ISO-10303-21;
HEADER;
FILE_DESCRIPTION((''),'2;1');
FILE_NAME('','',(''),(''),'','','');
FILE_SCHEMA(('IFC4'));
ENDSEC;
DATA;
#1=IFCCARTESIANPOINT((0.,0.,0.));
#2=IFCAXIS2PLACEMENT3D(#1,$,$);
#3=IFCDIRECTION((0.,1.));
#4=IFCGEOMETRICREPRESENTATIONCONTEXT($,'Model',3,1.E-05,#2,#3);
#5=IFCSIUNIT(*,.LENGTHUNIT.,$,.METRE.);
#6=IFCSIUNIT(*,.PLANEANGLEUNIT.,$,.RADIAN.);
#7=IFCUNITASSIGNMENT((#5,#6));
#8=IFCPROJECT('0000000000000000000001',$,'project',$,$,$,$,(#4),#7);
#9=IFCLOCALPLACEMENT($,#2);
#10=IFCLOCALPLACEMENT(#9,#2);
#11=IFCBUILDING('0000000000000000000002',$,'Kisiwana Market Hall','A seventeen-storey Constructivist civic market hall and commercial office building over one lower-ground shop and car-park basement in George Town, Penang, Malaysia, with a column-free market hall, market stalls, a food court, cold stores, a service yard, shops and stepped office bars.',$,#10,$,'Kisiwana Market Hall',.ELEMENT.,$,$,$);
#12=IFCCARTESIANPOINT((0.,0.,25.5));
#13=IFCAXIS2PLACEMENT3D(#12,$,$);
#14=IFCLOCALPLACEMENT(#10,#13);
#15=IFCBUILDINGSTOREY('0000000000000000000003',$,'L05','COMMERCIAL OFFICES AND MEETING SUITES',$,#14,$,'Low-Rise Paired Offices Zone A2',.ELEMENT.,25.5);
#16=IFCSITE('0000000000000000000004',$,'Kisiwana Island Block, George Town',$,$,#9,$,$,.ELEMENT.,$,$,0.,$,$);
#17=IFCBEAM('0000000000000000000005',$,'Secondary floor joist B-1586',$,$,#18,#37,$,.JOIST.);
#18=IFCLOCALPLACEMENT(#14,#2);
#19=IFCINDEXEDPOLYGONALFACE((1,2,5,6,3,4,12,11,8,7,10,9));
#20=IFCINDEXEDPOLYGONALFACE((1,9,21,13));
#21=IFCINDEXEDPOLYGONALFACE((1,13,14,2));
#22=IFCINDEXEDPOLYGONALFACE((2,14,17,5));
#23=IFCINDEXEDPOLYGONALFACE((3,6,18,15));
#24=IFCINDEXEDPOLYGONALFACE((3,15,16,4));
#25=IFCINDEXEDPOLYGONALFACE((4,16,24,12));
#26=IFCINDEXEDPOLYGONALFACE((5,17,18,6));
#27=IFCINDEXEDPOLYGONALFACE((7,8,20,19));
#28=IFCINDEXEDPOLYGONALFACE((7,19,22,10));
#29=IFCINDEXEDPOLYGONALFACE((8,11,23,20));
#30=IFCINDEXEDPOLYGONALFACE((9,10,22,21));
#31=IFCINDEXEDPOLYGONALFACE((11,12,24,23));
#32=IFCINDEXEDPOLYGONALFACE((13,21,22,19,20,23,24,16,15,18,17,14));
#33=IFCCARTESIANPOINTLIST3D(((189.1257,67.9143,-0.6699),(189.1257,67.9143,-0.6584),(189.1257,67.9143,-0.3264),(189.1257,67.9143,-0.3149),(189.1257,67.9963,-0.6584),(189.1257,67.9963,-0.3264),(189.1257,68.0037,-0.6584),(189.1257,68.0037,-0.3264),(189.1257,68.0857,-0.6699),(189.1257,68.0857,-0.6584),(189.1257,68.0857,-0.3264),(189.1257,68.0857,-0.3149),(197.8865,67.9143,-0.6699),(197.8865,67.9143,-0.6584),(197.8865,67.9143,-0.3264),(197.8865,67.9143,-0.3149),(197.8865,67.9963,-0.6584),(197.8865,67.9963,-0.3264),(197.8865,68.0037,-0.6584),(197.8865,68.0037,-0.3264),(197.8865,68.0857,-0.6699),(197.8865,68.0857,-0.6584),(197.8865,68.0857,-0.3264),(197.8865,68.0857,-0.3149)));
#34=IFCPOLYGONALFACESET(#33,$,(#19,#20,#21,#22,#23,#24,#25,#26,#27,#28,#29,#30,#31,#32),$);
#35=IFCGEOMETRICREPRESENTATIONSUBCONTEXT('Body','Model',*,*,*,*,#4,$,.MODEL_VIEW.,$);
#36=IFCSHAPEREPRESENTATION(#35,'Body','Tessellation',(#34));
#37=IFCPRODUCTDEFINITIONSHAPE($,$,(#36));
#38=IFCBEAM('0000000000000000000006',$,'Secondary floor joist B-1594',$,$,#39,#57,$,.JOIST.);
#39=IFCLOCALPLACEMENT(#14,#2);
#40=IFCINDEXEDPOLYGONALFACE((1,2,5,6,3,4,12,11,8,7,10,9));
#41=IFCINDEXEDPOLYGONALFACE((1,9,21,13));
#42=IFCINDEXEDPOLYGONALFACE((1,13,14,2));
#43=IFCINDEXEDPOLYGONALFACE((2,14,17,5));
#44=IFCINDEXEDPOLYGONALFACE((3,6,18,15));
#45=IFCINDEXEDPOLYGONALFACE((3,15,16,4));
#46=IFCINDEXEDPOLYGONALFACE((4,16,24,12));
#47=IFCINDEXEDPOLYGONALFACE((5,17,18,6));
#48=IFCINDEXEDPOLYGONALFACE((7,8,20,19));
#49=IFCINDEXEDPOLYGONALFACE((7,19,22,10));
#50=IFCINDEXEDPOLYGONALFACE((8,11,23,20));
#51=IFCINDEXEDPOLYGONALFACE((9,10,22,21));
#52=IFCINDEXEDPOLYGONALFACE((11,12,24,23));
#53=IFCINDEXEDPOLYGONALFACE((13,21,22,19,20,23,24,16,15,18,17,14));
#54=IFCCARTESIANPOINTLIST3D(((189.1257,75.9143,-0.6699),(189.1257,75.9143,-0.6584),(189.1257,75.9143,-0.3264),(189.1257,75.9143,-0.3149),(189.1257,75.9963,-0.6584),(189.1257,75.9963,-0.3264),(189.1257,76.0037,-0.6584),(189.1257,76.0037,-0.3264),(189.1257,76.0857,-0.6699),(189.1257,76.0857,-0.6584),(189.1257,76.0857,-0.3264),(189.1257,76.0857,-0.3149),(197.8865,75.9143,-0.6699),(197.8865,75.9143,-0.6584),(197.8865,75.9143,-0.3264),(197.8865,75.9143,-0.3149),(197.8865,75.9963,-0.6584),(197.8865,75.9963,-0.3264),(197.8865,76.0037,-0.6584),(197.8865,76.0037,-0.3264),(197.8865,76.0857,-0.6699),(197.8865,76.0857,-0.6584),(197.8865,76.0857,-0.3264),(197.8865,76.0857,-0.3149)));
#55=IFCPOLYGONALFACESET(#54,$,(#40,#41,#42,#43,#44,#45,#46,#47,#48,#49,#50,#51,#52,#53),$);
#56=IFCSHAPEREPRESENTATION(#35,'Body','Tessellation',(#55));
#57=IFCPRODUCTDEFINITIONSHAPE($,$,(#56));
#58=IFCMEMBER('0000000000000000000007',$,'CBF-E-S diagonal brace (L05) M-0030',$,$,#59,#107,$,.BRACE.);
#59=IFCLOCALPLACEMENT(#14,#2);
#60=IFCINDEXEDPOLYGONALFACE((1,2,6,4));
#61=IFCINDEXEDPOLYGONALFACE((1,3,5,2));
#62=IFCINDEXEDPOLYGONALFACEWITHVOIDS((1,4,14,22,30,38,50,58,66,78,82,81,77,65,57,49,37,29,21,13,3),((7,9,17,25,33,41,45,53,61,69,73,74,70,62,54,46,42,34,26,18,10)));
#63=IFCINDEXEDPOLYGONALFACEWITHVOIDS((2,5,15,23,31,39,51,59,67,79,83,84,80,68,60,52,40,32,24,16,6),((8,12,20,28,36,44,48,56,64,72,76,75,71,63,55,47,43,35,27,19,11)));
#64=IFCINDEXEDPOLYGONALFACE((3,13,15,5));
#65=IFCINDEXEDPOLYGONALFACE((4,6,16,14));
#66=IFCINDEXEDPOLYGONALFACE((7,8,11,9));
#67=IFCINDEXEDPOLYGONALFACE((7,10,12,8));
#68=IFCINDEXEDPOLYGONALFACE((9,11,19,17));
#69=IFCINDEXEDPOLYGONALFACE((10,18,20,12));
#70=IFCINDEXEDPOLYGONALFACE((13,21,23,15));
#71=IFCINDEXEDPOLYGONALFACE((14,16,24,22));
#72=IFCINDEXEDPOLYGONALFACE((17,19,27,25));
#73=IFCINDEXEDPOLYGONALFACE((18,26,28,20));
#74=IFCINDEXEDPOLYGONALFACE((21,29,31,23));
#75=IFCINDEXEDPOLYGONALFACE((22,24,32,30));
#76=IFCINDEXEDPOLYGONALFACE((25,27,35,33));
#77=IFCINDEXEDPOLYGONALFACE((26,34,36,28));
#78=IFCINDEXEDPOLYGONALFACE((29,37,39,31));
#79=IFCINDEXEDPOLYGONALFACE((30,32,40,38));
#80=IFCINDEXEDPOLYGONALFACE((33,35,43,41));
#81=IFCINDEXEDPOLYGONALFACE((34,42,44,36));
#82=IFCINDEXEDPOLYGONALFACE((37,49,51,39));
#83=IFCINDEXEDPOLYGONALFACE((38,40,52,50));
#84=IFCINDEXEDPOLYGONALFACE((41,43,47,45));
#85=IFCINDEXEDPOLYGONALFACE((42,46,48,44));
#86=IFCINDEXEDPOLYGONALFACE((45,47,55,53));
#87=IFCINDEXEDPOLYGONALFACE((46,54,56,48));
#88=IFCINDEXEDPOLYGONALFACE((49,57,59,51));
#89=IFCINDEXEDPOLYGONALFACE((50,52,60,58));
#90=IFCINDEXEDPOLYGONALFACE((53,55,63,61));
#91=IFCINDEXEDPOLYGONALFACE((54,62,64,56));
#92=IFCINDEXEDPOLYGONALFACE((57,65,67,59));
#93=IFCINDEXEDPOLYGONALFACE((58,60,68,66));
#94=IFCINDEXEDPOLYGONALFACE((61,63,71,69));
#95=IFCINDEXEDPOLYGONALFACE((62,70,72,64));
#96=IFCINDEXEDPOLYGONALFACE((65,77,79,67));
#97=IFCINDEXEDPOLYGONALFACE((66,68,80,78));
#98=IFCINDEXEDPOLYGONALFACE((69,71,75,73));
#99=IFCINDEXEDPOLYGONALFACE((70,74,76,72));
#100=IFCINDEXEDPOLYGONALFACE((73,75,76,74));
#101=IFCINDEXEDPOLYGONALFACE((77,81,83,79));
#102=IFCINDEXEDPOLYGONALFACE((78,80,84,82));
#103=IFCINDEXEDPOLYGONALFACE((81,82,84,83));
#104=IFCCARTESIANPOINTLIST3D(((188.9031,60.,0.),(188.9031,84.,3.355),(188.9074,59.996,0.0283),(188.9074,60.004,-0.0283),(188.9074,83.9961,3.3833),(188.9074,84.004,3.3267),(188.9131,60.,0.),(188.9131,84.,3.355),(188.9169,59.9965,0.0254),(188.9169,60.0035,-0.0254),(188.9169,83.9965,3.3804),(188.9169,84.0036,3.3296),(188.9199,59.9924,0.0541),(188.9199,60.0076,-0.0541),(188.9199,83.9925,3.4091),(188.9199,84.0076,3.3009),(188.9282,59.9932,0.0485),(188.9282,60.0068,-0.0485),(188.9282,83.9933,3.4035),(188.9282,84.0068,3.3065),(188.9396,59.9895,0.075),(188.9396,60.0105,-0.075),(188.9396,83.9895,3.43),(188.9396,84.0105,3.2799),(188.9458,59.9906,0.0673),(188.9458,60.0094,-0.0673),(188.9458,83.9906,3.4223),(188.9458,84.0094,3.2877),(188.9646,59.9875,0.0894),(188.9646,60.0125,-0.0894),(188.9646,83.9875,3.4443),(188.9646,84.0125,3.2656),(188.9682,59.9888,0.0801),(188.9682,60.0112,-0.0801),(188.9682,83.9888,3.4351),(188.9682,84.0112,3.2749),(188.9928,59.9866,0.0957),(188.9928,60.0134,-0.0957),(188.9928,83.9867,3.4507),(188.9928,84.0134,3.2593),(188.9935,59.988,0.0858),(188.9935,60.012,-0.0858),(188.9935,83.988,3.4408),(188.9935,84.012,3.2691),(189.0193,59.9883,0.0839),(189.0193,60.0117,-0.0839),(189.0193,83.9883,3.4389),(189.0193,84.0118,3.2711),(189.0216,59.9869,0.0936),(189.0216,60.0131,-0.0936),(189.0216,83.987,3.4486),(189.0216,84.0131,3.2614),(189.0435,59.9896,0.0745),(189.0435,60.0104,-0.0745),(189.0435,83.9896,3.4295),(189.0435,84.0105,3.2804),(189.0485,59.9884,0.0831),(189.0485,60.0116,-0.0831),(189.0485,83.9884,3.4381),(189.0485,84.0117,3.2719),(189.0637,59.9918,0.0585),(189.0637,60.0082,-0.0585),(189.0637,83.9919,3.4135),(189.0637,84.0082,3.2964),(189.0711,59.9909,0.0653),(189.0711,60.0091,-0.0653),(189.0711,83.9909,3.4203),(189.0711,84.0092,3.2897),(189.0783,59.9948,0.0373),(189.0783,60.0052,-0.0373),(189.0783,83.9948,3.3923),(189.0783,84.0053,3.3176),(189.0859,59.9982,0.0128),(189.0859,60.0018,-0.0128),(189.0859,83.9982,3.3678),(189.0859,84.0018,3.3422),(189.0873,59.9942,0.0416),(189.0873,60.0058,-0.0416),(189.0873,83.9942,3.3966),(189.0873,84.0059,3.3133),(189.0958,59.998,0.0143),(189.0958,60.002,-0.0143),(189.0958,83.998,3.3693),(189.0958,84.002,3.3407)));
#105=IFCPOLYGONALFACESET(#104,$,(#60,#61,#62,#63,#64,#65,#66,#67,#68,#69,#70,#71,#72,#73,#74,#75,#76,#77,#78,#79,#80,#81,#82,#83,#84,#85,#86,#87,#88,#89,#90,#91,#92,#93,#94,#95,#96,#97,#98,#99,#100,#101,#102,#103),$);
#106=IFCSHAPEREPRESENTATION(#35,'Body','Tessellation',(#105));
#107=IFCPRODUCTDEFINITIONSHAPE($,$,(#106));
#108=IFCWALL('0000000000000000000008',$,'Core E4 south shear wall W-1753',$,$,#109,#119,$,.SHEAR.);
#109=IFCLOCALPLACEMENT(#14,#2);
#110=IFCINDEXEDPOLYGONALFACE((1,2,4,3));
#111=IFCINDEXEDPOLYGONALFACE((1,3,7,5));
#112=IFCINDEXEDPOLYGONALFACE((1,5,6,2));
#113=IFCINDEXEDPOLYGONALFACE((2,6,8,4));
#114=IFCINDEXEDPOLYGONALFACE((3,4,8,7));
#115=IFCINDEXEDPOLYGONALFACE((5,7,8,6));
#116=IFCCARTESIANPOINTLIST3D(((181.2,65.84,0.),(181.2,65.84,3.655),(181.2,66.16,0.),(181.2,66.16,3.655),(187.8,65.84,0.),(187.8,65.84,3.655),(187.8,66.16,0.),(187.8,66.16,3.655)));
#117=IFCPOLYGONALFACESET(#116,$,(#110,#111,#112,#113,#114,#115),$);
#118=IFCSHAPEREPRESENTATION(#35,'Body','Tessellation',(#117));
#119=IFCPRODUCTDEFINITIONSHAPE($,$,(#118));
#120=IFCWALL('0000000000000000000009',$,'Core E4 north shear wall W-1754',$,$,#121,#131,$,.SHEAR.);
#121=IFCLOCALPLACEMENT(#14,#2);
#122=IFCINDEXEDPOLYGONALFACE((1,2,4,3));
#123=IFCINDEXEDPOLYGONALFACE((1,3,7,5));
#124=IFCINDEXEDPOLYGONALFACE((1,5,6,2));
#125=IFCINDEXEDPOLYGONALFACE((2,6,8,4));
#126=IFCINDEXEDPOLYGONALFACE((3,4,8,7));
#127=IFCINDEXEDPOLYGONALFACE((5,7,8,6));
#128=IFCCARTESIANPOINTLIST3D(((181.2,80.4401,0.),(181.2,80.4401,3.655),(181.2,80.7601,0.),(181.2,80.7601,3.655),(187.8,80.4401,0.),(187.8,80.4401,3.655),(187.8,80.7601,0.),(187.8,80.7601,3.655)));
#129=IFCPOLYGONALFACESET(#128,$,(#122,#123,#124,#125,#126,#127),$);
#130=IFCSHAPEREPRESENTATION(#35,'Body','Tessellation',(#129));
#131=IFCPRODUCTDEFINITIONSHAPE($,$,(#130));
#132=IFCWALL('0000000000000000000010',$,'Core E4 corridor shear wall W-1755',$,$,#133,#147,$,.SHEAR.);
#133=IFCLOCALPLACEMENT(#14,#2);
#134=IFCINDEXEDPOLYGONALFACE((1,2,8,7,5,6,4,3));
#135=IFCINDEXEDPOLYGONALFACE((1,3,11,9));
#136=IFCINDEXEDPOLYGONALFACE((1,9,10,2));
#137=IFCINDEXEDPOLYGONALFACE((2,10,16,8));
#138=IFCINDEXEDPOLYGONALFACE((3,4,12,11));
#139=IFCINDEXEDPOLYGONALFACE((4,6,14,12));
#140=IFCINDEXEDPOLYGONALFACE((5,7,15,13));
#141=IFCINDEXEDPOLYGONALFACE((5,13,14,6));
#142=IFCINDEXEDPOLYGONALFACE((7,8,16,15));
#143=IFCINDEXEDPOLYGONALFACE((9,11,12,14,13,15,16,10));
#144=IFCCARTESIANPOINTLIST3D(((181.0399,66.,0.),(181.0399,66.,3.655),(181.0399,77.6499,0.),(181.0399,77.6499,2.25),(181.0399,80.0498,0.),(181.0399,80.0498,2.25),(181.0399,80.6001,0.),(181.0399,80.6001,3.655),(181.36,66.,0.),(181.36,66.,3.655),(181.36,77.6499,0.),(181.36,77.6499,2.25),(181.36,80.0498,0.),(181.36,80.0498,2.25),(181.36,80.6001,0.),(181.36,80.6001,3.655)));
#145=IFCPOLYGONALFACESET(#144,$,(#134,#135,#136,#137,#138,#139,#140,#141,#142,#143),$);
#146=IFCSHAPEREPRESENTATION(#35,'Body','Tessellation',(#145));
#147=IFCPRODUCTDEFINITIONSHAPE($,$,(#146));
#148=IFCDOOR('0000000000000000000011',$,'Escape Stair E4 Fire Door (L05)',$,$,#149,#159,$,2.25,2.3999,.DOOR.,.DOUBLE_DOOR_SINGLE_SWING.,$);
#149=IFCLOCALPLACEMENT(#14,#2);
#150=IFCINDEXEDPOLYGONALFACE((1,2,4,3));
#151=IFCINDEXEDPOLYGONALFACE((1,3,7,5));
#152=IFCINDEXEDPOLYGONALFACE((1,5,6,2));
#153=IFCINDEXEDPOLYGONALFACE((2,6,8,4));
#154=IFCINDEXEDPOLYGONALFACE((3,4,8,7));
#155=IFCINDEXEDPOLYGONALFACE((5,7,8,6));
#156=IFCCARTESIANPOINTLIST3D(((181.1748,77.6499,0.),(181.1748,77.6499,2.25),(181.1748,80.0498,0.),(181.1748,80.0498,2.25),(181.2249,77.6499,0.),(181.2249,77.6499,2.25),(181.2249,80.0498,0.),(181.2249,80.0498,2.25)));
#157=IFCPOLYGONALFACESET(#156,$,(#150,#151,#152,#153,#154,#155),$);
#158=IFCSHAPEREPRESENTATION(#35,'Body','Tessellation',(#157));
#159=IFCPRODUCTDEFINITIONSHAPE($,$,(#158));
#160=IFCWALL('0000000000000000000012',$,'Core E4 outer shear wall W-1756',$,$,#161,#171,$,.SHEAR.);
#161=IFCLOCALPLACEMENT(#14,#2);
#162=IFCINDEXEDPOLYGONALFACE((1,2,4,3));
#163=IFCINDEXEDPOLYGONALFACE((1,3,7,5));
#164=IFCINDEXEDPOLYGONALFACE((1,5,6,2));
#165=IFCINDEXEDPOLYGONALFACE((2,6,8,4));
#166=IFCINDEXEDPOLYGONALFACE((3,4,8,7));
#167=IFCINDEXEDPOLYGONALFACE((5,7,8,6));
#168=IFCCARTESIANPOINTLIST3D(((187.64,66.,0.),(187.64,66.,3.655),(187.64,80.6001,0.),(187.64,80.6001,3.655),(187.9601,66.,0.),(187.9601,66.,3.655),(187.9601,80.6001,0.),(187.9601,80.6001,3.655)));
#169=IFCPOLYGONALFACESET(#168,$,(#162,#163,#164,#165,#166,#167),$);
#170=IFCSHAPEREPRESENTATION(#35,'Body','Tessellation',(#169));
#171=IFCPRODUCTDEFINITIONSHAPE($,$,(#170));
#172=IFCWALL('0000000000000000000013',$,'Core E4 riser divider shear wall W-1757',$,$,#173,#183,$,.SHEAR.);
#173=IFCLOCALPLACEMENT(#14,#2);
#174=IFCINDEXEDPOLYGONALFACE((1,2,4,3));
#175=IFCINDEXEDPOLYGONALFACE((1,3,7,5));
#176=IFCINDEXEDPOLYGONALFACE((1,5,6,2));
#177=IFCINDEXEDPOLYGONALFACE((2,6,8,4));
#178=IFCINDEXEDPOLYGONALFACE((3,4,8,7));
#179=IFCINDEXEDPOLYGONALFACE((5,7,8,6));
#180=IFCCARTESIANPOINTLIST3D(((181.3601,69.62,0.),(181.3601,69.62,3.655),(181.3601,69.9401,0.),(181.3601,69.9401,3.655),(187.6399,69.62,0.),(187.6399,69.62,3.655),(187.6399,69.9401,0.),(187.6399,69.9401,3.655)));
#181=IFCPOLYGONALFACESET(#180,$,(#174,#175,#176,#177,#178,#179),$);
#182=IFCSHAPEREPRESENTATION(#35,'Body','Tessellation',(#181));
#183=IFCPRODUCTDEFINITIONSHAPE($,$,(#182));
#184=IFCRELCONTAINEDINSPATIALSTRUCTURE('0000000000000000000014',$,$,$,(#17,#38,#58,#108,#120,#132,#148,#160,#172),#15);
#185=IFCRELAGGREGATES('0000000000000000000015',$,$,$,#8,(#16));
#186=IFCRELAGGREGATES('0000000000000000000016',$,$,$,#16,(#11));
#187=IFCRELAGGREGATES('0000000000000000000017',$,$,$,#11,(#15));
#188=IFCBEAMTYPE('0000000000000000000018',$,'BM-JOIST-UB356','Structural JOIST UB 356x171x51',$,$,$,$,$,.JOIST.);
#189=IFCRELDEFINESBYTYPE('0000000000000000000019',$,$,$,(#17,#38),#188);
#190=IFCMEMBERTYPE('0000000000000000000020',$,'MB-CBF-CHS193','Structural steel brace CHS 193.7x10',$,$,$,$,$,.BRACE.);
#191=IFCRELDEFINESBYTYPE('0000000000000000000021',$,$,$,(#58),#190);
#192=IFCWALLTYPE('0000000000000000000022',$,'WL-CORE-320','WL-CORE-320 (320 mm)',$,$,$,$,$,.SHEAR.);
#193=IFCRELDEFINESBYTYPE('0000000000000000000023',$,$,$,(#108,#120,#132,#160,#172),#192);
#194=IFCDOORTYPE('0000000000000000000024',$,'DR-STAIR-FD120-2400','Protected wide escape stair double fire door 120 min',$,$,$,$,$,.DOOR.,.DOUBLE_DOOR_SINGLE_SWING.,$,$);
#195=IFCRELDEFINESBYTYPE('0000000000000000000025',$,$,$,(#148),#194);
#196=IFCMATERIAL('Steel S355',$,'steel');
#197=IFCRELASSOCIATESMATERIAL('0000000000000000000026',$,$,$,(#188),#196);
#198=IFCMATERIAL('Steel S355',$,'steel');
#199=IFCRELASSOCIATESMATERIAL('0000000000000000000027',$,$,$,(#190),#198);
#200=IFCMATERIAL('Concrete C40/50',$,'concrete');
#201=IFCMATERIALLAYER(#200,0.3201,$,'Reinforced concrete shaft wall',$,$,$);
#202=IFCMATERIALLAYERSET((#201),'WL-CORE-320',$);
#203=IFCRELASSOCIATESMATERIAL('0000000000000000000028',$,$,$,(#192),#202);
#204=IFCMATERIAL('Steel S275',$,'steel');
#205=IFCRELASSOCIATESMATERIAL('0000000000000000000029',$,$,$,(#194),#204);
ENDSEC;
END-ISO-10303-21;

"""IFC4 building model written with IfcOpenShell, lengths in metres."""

from ifc_helpers import new_model, si_unit, direction, frame, frame_2d, origin, origin_2d, place, context, subcontext, project, spatial, rectangle, hollow_circle, i_section, extrude, material, layer, layer_set, material_profile, profile_set, type_object, element, fill, save


model = new_model("IFC4")

# Units and contexts
model_context = context("Model", 3, precision=1e-05, world=origin(), true_north=direction((0.0, 1.0)))
body_context = subcontext(model_context, "Body", "Model", "MODEL_VIEW")
ifc_project = project(units=[si_unit("LENGTHUNIT", "METRE"), si_unit("PLANEANGLEUNIT", "RADIAN")], contexts=[model_context])

# Site, building, storey
site_placement = place(None, origin())
site = spatial("IfcSite", under=ifc_project, at=site_placement, Name="Kisiwana Island Block, George Town", CompositionType="ELEMENT", RefElevation=0.0)
building_placement = place(site_placement, origin())
building = spatial("IfcBuilding", under=site, at=building_placement, Name="Kisiwana Market Hall", Description="A seventeen-storey Constructivist civic market hall and commercial office building over one lower-ground shop and car-park basement in George Town, Penang, Malaysia, with a column-free market hall, market stalls, a food court, cold stores, a service yard, shops and stepped office bars.", LongName="Kisiwana Market Hall", CompositionType="ELEMENT")
storey_placement = place(building_placement, frame((0.0, 0.0, 25.5)))
storey = spatial("IfcBuildingStorey", under=building, at=storey_placement, Name="L05", Description="COMMERCIAL OFFICES AND MEETING SUITES", LongName="Low-Rise Paired Offices Zone A2", CompositionType="ELEMENT", Elevation=25.5)

# Beams
ifc_material_1 = material(Name="Steel S355", Category="steel")
ifc_material_profile_1 = material_profile(ifc_material_1, i_section(OverallWidth=0.1714, OverallDepth=0.355, WebThickness=0.0073, FlangeThickness=0.0115, at=origin_2d()), Name="UB 356x171x51")
ifc_profile_set_1 = profile_set([ifc_material_profile_1], Name="Steel S355")
beam_type_1 = type_object("IfcBeamType", Name="BM-JOIST-UB356", Description="Structural JOIST UB 356x171x51", PredefinedType="JOIST", material=ifc_profile_set_1)
for number, where, z_axis, x_axis, name in (
    (1, (189.1257, 68.0, -0.4924), (1.0, 0.0, 0.0), (0.0, 1.0, 0.0), "Secondary floor joist B-1586"),
    (2, (189.1257, 76.0, -0.4924), (1.0, 0.0, 0.0), (0.0, 1.0, 0.0), "Secondary floor joist B-1594"),
):
    element("IfcBeam", number, at=place(storey_placement, frame(where, z_axis=z_axis, x_axis=x_axis)), inside=storey, type_object=beam_type_1, Name=name, PredefinedType="JOIST", context=body_context, shape_type="SweptSolid", body=[
        extrude(i_section(OverallWidth=0.1714, OverallDepth=0.355, WebThickness=0.0073, FlangeThickness=0.0115, at=origin_2d()), origin(), (0.0, 0.0, 1.0), 8.7607),
    ])

# Member
ifc_material_2 = material(Name="Steel S355", Category="steel")
ifc_material_profile_2 = material_profile(ifc_material_2, hollow_circle(Radius=0.0969, WallThickness=0.01, at=origin_2d()), Name="CHS 193.7x10")
ifc_profile_set_2 = profile_set([ifc_material_profile_2], Name="Steel S355")
member_type = type_object("IfcMemberType", Name="MB-CBF-CHS193", Description="Structural steel brace CHS 193.7x10", PredefinedType="BRACE", material=ifc_profile_set_2)
member_placement = place(storey_placement, frame((189.0, 60.0, 0.0), z_axis=(0.0, 0.99037, 0.138445), x_axis=(-1.0, 0.0, 0.0)))
element("IfcMember", 3, at=member_placement, inside=storey, type_object=member_type, Name="CBF-E-S diagonal brace (L05) M-0030", PredefinedType="BRACE", context=body_context, shape_type="SweptSolid", body=[
    extrude(hollow_circle(Radius=0.0969, WallThickness=0.01, at=origin_2d()), origin(), (0.0, 0.0, 1.0), 24.2334),
])

# Walls
ifc_material_3 = material(Name="Concrete C40/50", Category="concrete")
ifc_layer_1 = layer(ifc_material_3, 0.3201, Name="Reinforced concrete shaft wall")
ifc_layer_set_1 = layer_set([ifc_layer_1], Name="WL-CORE-320")
wall_type_1 = type_object("IfcWallType", Name="WL-CORE-320", Description="WL-CORE-320 (320 mm)", PredefinedType="SHEAR", material=ifc_layer_set_1)
for number, where, z_axis, x_axis, name in (
    (4, (181.2, 66.0, 0.0), (0.0, 0.0, 1.0), (1.0, 0.0, 0.0), "Core E4 south shear wall W-1753"),
    (5, (181.2, 80.6001, 0.0), (0.0, 0.0, 1.0), (1.0, 0.0, 0.0), "Core E4 north shear wall W-1754"),
):
    element("IfcWall", number, at=place(storey_placement, frame(where, z_axis=z_axis, x_axis=x_axis)), inside=storey, type_object=wall_type_1, Name=name, PredefinedType="SHEAR", context=body_context, shape_type="SweptSolid", body=[
        extrude(rectangle(XDim=6.6001, YDim=0.3201, at=frame_2d((3.3, 0.0))), origin(), (0.0, 0.0, 1.0), 3.655),
    ])

# Wall, opening, door
wall_1_placement = place(storey_placement, frame((181.2, 66.0, 0.0), z_axis=(0.0, 0.0, 1.0), x_axis=(0.0, 1.0, 0.0)))
wall_1 = element("IfcWall", 6, at=wall_1_placement, inside=storey, type_object=wall_type_1, Name="Core E4 corridor shear wall W-1755", PredefinedType="SHEAR", context=body_context, shape_type="SweptSolid", body=[
    extrude(rectangle(XDim=14.6001, YDim=0.3201, at=frame_2d((7.3, 0.0))), origin(), (0.0, 0.0, 1.0), 3.655),
])
opening_1_placement = place(wall_1_placement, frame((11.6499, 0.0, 0.0)))
opening_1 = element("IfcOpeningElement", 7, at=opening_1_placement, cuts=wall_1, PredefinedType="OPENING", context=body_context, shape_type="SweptSolid", body=[
    extrude(rectangle(XDim=2.3999, YDim=2.25, at=frame_2d((1.2, 1.125))), frame((0.0, 0.1719, 0.0), z_axis=(0.0, -1.0, 0.0), x_axis=(1.0, 0.0, 0.0)), (0.0, 0.0, 1.0), 0.344),
])
ifc_material_4 = material(Name="Steel S275", Category="steel")
door_type = type_object("IfcDoorType", Name="DR-STAIR-FD120-2400", Description="Protected wide escape stair double fire door 120 min", OperationType="DOUBLE_DOOR_SINGLE_SWING", PredefinedType="DOOR", material=ifc_material_4)
door_1_placement = place(opening_1_placement, frame((2.3999, 0.0, 0.0), z_axis=(0.0, 0.0, 1.0), x_axis=(-1.0, 0.0, 0.0)))
door_1 = element("IfcDoor", 8, at=door_1_placement, inside=storey, type_object=door_type, Name="Escape Stair E4 Fire Door (L05)", OperationType="DOUBLE_DOOR_SINGLE_SWING", OverallHeight=2.25, OverallWidth=2.3999, PredefinedType="DOOR", context=body_context, shape_type="SweptSolid", body=[
    extrude(rectangle(XDim=2.3999, YDim=2.25, at=frame_2d((1.2, 1.125))), frame((0.0, 0.0249, 0.0), z_axis=(0.0, -1.0, 0.0), x_axis=(1.0, 0.0, 0.0)), (0.0, 0.0, 1.0), 0.05),
])
fill(opening_1, door_1)

# Walls
wall_2_placement = place(storey_placement, frame((187.8, 66.0, 0.0), z_axis=(0.0, 0.0, 1.0), x_axis=(0.0, 1.0, 0.0)))
element("IfcWall", 9, at=wall_2_placement, inside=storey, type_object=wall_type_1, Name="Core E4 outer shear wall W-1756", PredefinedType="SHEAR", context=body_context, shape_type="SweptSolid", body=[
    extrude(rectangle(XDim=14.6001, YDim=0.3201, at=frame_2d((7.3, 0.0))), origin(), (0.0, 0.0, 1.0), 3.655),
])
wall_3_placement = place(storey_placement, frame((181.3601, 69.78, 0.0), z_axis=(0.0, 0.0, 1.0), x_axis=(1.0, 0.0, 0.0)))
element("IfcWall", 10, at=wall_3_placement, inside=storey, type_object=wall_type_1, Name="Core E4 riser divider shear wall W-1757", PredefinedType="SHEAR", context=body_context, shape_type="SweptSolid", body=[
    extrude(rectangle(XDim=6.2798, YDim=0.3201, at=frame_2d((3.1399, 0.0))), origin(), (0.0, 0.0, 1.0), 3.655),
])

save(model, "model.ifc")
